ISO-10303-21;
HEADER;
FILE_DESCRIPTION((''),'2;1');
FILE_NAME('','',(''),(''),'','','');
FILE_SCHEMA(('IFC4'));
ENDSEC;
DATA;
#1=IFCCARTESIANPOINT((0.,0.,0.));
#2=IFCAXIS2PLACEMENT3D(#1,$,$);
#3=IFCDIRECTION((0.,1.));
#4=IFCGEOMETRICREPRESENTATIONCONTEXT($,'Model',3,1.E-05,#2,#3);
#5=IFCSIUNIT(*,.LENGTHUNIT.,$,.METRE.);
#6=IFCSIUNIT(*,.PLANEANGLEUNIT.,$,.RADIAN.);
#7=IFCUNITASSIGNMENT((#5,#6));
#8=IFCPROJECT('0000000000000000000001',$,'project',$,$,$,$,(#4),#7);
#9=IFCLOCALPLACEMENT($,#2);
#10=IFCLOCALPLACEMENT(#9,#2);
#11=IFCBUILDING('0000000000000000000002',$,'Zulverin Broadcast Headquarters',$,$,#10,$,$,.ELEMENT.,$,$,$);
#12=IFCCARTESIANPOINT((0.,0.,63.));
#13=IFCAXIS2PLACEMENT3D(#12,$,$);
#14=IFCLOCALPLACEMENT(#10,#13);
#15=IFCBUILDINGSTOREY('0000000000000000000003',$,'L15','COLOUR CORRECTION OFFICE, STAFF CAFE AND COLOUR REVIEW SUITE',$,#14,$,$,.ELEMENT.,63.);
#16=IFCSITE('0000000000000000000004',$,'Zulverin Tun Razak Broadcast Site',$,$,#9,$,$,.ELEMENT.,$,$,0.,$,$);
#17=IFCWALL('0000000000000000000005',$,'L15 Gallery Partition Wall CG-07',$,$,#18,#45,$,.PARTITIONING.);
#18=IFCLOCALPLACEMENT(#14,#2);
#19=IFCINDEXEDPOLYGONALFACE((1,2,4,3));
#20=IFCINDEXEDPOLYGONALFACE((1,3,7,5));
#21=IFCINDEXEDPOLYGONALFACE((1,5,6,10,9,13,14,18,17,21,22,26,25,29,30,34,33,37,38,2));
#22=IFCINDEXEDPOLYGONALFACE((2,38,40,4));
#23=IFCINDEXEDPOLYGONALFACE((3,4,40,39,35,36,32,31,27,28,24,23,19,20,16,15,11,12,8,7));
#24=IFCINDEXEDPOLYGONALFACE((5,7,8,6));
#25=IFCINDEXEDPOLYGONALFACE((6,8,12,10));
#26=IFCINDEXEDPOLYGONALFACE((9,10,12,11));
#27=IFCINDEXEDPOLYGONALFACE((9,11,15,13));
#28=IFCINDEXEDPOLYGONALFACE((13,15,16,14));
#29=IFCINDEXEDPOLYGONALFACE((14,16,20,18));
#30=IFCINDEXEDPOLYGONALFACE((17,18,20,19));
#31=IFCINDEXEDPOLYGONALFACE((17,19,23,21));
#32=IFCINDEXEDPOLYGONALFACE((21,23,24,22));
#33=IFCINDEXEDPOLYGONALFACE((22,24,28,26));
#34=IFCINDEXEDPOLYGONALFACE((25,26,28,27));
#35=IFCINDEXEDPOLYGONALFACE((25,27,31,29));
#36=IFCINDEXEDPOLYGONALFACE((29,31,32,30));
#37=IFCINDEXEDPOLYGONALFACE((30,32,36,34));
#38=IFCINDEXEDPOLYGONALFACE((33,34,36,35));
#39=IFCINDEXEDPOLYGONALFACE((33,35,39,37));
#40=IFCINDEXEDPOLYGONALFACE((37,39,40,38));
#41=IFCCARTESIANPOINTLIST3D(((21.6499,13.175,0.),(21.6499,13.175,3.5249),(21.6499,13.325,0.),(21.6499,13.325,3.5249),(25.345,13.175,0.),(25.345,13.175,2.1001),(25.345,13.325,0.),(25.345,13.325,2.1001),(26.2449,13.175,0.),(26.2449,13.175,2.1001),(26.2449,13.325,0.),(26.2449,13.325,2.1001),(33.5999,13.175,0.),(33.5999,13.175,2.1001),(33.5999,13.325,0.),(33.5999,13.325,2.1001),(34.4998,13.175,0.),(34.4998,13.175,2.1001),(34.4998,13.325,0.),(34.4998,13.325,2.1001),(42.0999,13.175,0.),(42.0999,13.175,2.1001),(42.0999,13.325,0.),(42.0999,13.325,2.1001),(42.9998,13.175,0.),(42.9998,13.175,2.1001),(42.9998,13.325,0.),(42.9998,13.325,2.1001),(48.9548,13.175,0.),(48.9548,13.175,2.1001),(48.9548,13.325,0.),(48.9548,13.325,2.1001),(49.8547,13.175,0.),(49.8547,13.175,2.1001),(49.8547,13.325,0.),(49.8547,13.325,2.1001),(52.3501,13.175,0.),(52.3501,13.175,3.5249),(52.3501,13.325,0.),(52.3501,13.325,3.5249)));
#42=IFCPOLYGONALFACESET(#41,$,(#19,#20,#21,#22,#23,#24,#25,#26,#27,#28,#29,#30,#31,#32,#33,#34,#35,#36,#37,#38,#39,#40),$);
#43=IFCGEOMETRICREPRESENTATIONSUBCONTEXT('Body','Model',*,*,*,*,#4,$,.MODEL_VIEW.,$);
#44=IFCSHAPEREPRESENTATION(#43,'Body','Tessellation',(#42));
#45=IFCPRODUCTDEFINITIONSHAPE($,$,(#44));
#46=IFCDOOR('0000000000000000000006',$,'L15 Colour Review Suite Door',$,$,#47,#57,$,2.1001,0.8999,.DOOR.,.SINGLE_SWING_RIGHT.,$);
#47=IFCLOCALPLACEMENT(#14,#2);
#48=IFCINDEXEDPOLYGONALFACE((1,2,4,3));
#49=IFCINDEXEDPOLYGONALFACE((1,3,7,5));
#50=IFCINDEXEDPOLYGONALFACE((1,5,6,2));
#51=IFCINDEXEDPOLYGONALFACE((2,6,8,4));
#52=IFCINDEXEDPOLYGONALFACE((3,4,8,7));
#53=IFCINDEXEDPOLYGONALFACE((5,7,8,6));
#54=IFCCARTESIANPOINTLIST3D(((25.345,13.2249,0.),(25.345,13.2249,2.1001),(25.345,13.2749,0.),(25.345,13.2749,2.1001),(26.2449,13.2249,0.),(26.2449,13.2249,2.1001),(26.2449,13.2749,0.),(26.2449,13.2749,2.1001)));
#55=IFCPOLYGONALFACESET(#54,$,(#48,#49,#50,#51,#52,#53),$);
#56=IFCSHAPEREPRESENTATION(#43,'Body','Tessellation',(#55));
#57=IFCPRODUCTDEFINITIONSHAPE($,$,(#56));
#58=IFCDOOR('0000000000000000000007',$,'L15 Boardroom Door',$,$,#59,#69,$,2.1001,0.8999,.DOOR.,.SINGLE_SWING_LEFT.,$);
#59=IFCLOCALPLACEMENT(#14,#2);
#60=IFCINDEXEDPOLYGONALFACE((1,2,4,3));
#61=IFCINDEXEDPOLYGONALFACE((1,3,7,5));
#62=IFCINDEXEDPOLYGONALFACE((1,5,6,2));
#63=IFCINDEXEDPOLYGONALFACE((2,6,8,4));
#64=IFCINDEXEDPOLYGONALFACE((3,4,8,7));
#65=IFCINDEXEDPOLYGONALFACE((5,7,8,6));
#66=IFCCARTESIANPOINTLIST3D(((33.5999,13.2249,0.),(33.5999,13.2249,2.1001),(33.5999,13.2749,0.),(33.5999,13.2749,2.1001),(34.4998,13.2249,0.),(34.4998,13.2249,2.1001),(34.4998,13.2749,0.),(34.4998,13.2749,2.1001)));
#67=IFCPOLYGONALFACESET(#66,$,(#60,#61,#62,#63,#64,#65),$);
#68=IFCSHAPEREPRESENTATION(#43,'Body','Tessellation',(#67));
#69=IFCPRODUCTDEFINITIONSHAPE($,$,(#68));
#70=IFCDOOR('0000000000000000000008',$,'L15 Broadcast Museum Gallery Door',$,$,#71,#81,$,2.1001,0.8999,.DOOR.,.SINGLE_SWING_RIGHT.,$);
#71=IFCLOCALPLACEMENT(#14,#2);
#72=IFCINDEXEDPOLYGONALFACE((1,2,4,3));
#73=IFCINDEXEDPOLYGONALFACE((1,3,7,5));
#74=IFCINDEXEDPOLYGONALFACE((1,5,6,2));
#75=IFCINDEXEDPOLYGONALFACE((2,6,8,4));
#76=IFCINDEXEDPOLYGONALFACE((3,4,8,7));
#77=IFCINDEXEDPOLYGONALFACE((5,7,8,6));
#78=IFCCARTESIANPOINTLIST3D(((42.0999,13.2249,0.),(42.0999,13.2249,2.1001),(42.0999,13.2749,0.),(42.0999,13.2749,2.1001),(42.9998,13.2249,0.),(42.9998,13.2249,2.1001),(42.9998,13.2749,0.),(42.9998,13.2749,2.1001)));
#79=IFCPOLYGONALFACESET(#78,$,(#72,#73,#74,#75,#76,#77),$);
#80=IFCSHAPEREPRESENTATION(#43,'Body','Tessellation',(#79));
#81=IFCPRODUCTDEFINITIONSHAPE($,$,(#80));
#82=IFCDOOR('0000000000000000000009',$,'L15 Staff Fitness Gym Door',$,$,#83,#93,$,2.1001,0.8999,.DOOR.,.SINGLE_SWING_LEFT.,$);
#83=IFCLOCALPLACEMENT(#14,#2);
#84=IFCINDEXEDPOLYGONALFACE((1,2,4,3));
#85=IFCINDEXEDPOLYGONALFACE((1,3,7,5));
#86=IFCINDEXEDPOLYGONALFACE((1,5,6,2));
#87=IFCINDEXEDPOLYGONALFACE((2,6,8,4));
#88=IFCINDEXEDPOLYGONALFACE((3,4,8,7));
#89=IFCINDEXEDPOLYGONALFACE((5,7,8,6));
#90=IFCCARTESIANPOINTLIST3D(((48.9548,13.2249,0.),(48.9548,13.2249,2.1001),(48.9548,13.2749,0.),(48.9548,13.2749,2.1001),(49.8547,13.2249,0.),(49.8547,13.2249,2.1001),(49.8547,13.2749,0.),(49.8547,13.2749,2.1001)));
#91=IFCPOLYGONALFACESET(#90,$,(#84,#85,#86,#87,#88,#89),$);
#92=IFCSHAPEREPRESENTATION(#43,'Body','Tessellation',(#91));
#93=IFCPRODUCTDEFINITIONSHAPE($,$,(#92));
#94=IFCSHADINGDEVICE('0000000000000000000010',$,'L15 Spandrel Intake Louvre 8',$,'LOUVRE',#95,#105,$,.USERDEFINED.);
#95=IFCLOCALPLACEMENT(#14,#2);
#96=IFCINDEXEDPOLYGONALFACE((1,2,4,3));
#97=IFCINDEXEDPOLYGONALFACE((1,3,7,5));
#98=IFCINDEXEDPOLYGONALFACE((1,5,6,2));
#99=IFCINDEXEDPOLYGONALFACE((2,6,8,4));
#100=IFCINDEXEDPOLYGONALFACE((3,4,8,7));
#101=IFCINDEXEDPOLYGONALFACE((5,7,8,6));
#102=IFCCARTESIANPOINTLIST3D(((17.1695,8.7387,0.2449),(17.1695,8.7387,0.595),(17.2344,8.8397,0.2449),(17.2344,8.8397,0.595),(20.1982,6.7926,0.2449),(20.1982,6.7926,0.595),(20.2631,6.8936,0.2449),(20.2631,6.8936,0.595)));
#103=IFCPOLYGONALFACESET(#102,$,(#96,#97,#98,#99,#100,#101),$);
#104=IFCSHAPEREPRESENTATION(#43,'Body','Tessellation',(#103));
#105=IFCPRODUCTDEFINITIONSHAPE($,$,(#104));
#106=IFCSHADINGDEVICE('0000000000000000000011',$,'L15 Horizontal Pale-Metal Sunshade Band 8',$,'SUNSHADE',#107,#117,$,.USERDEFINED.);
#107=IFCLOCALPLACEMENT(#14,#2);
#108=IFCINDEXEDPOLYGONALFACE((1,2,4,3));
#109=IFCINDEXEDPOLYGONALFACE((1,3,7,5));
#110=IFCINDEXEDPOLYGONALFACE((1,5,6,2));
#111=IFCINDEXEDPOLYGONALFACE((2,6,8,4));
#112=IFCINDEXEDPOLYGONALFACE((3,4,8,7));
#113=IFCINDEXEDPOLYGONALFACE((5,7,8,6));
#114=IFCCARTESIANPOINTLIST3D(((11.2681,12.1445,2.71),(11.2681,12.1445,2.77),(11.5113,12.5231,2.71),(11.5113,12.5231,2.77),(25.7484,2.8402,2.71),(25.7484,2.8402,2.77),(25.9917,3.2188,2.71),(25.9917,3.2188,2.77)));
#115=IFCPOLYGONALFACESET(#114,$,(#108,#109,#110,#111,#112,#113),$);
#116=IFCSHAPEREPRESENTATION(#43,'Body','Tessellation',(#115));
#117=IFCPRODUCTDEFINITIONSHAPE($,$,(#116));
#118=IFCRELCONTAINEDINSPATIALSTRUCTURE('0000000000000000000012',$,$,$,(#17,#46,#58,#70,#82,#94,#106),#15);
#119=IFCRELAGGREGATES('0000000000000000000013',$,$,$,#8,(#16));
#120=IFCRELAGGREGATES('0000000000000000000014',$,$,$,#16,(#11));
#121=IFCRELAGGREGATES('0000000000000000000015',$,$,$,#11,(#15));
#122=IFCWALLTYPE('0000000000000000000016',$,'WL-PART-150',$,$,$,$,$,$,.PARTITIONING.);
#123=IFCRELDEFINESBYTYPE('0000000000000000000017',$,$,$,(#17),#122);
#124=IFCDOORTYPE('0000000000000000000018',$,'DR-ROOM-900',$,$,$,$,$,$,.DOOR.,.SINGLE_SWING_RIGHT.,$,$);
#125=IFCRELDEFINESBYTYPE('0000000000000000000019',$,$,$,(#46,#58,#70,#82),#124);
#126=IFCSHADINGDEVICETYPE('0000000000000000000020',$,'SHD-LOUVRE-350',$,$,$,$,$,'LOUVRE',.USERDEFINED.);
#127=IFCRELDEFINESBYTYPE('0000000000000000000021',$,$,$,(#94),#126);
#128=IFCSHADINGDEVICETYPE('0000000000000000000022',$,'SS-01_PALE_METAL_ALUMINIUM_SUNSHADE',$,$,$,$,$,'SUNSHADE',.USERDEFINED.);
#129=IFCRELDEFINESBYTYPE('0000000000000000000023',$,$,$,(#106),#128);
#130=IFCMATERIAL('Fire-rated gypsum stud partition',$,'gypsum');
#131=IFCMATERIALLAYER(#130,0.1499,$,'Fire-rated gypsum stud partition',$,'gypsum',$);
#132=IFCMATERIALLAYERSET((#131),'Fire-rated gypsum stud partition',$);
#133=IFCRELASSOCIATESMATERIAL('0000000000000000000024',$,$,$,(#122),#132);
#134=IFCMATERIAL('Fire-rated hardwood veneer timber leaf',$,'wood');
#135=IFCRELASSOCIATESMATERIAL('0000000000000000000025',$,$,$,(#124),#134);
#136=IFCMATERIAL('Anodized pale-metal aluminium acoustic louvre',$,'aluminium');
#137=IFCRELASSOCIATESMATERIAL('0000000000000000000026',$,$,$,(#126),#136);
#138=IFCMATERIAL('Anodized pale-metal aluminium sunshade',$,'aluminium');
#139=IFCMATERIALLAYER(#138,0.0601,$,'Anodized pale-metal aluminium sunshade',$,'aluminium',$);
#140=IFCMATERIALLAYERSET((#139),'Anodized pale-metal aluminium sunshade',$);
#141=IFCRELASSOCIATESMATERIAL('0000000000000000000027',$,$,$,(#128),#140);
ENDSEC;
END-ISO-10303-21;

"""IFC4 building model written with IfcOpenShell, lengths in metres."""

from ifc_helpers import new_model, si_unit, direction, frame, frame_2d, origin, origin_2d, place, context, subcontext, project, spatial, rectangle, extrude, material, layer, layer_set, type_object, element, fill, save


model = new_model("IFC4")

# Units and contexts
model_context = context("Model", 3, precision=1e-05, world=origin(), true_north=direction((0.0, 1.0)))
body_context = subcontext(model_context, "Body", "Model", "MODEL_VIEW")
ifc_project = project(units=[si_unit("LENGTHUNIT", "METRE"), si_unit("PLANEANGLEUNIT", "RADIAN")], contexts=[model_context])

# Site, building, storey
site_placement = place(None, origin())
site = spatial("IfcSite", under=ifc_project, at=site_placement, Name="Zulverin Tun Razak Broadcast Site", CompositionType="ELEMENT", RefElevation=0.0)
building_placement = place(site_placement, origin())
building = spatial("IfcBuilding", under=site, at=building_placement, Name="Zulverin Broadcast Headquarters", CompositionType="ELEMENT")
storey_placement = place(building_placement, frame((0.0, 0.0, 63.0)))
storey = spatial("IfcBuildingStorey", under=building, at=storey_placement, Name="L15", Description="COLOUR CORRECTION OFFICE, STAFF CAFE AND COLOUR REVIEW SUITE", CompositionType="ELEMENT", Elevation=63.0)

# Wall, openings, doors
ifc_material_1 = material(Name="Fire-rated gypsum stud partition", Category="gypsum")
ifc_layer_1 = layer(ifc_material_1, 0.1499, Name="Fire-rated gypsum stud partition", Category="gypsum")
ifc_layer_set_1 = layer_set([ifc_layer_1], Name="Fire-rated gypsum stud partition")
wall_type_1 = type_object("IfcWallType", Name="WL-PART-150", PredefinedType="PARTITIONING", material=ifc_layer_set_1)
ifc_material_2 = material(Name="Fire-rated hardwood veneer timber leaf", Category="wood")
door_type = type_object("IfcDoorType", Name="DR-ROOM-900", OperationType="SINGLE_SWING_RIGHT", PredefinedType="DOOR", material=ifc_material_2)
wall_1_placement = place(storey_placement, frame((21.6499, 13.25, 0.0), z_axis=(0.0, 0.0, 1.0), x_axis=(1.0, 0.0, 0.0)))
wall_1 = element("IfcWall", 1, at=wall_1_placement, inside=storey, type_object=wall_type_1, Name="L15 Gallery Partition Wall CG-07", PredefinedType="PARTITIONING", context=body_context, shape_type="SweptSolid", body=[
    extrude(rectangle(XDim=30.7002, YDim=0.1499, at=frame_2d((15.3501, 0.0))), origin(), (0.0, 0.0, 1.0), 3.5249),
])
opening_1_placement = place(wall_1_placement, frame((3.6951, 0.0, 0.0)))
opening_1 = element("IfcOpeningElement", 2, at=opening_1_placement, cuts=wall_1, PredefinedType="OPENING", context=body_context, shape_type="SweptSolid", body=[
    extrude(rectangle(XDim=0.8999, YDim=2.1001, at=frame_2d((0.45, 1.05))), frame((0.0, 0.085, 0.0), z_axis=(0.0, -1.0, 0.0), x_axis=(1.0, 0.0, 0.0)), (0.0, 0.0, 1.0), 0.1699),
])
opening_2_placement = place(wall_1_placement, frame((11.95, 0.0, 0.0)))
opening_2 = element("IfcOpeningElement", 3, at=opening_2_placement, cuts=wall_1, PredefinedType="OPENING", context=body_context, shape_type="SweptSolid", body=[
    extrude(rectangle(XDim=0.8999, YDim=2.1001, at=frame_2d((0.45, 1.05))), frame((0.0, 0.085, 0.0), z_axis=(0.0, -1.0, 0.0), x_axis=(1.0, 0.0, 0.0)), (0.0, 0.0, 1.0), 0.1699),
])
opening_3_placement = place(wall_1_placement, frame((20.45, 0.0, 0.0)))
opening_3 = element("IfcOpeningElement", 4, at=opening_3_placement, cuts=wall_1, PredefinedType="OPENING", context=body_context, shape_type="SweptSolid", body=[
    extrude(rectangle(XDim=0.8999, YDim=2.1001, at=frame_2d((0.45, 1.05))), frame((0.0, 0.085, 0.0), z_axis=(0.0, -1.0, 0.0), x_axis=(1.0, 0.0, 0.0)), (0.0, 0.0, 1.0), 0.1699),
])
opening_4_placement = place(wall_1_placement, frame((27.3049, 0.0, 0.0)))
opening_4 = element("IfcOpeningElement", 5, at=opening_4_placement, cuts=wall_1, PredefinedType="OPENING", context=body_context, shape_type="SweptSolid", body=[
    extrude(rectangle(XDim=0.8999, YDim=2.1001, at=frame_2d((0.45, 1.05))), frame((0.0, 0.085, 0.0), z_axis=(0.0, -1.0, 0.0), x_axis=(1.0, 0.0, 0.0)), (0.0, 0.0, 1.0), 0.1699),
])
door_1_placement = place(opening_1_placement, origin())
door_1 = element("IfcDoor", 6, at=door_1_placement, inside=storey, type_object=door_type, Name="L15 Colour Review Suite Door", OperationType="SINGLE_SWING_RIGHT", OverallHeight=2.1001, OverallWidth=0.8999, PredefinedType="DOOR", context=body_context, shape_type="SweptSolid", body=[
    extrude(rectangle(XDim=0.8999, YDim=2.1001, at=frame_2d((0.45, 1.05))), frame((0.0, 0.0249, 0.0), z_axis=(0.0, -1.0, 0.0), x_axis=(1.0, 0.0, 0.0)), (0.0, 0.0, 1.0), 0.05),
])
fill(opening_1, door_1)
door_2_placement = place(opening_2_placement, origin())
door_2 = element("IfcDoor", 7, at=door_2_placement, inside=storey, type_object=door_type, Name="L15 Boardroom Door", OperationType="SINGLE_SWING_LEFT", OverallHeight=2.1001, OverallWidth=0.8999, PredefinedType="DOOR", context=body_context, shape_type="SweptSolid", body=[
    extrude(rectangle(XDim=0.8999, YDim=2.1001, at=frame_2d((0.45, 1.05))), frame((0.0, 0.0249, 0.0), z_axis=(0.0, -1.0, 0.0), x_axis=(1.0, 0.0, 0.0)), (0.0, 0.0, 1.0), 0.05),
])
fill(opening_2, door_2)
door_3_placement = place(opening_3_placement, origin())
door_3 = element("IfcDoor", 8, at=door_3_placement, inside=storey, type_object=door_type, Name="L15 Broadcast Museum Gallery Door", OperationType="SINGLE_SWING_RIGHT", OverallHeight=2.1001, OverallWidth=0.8999, PredefinedType="DOOR", context=body_context, shape_type="SweptSolid", body=[
    extrude(rectangle(XDim=0.8999, YDim=2.1001, at=frame_2d((0.45, 1.05))), frame((0.0, 0.0249, 0.0), z_axis=(0.0, -1.0, 0.0), x_axis=(1.0, 0.0, 0.0)), (0.0, 0.0, 1.0), 0.05),
])
fill(opening_3, door_3)
door_4_placement = place(opening_4_placement, origin())
door_4 = element("IfcDoor", 9, at=door_4_placement, inside=storey, type_object=door_type, Name="L15 Staff Fitness Gym Door", OperationType="SINGLE_SWING_LEFT", OverallHeight=2.1001, OverallWidth=0.8999, PredefinedType="DOOR", context=body_context, shape_type="SweptSolid", body=[
    extrude(rectangle(XDim=0.8999, YDim=2.1001, at=frame_2d((0.45, 1.05))), frame((0.0, 0.0249, 0.0), z_axis=(0.0, -1.0, 0.0), x_axis=(1.0, 0.0, 0.0)), (0.0, 0.0, 1.0), 0.05),
])
fill(opening_4, door_4)

# Shading devices
ifc_material_3 = material(Name="Anodized pale-metal aluminium acoustic louvre", Category="aluminium")
shading_device_type_1 = type_object("IfcShadingDeviceType", Name="SHD-LOUVRE-350", ElementType="LOUVRE", PredefinedType="USERDEFINED", material=ifc_material_3)
shading_device_1_placement = place(storey_placement, frame((18.7163, 7.8162, 0.2449), z_axis=(0.0, 0.0, 1.0), x_axis=(0.841297, -0.540574, 0.0)))
element("IfcShadingDevice", 10, at=shading_device_1_placement, inside=storey, type_object=shading_device_type_1, Name="L15 Spandrel Intake Louvre 8", ObjectType="LOUVRE", PredefinedType="USERDEFINED", context=body_context, shape_type="SweptSolid", body=[
    extrude(rectangle(XDim=3.6001, YDim=0.1201, at=origin_2d()), origin(), (0.0, 0.0, 1.0), 0.3501),
])
ifc_material_4 = material(Name="Anodized pale-metal aluminium sunshade", Category="aluminium")
ifc_layer_2 = layer(ifc_material_4, 0.0601, Name="Anodized pale-metal aluminium sunshade", Category="aluminium")
ifc_layer_set_2 = layer_set([ifc_layer_2], Name="Anodized pale-metal aluminium sunshade")
shading_device_type_2 = type_object("IfcShadingDeviceType", Name="SS-01_PALE_METAL_ALUMINIUM_SUNSHADE", ElementType="SUNSHADE", PredefinedType="USERDEFINED", material=ifc_layer_set_2)
shading_device_2_placement = place(storey_placement, frame((18.6299, 7.6816, 2.71), z_axis=(0.0, 0.0, 1.0), x_axis=(0.841297, -0.540574, 0.0)))
element("IfcShadingDevice", 11, at=shading_device_2_placement, inside=storey, type_object=shading_device_type_2, Name="L15 Horizontal Pale-Metal Sunshade Band 8", ObjectType="SUNSHADE", PredefinedType="USERDEFINED", context=body_context, shape_type="SweptSolid", body=[
    extrude(rectangle(XDim=17.2119, YDim=0.45, at=origin_2d()), origin(), (0.0, 0.0, 1.0), 0.0601),
])

save(model, "model.ifc")
